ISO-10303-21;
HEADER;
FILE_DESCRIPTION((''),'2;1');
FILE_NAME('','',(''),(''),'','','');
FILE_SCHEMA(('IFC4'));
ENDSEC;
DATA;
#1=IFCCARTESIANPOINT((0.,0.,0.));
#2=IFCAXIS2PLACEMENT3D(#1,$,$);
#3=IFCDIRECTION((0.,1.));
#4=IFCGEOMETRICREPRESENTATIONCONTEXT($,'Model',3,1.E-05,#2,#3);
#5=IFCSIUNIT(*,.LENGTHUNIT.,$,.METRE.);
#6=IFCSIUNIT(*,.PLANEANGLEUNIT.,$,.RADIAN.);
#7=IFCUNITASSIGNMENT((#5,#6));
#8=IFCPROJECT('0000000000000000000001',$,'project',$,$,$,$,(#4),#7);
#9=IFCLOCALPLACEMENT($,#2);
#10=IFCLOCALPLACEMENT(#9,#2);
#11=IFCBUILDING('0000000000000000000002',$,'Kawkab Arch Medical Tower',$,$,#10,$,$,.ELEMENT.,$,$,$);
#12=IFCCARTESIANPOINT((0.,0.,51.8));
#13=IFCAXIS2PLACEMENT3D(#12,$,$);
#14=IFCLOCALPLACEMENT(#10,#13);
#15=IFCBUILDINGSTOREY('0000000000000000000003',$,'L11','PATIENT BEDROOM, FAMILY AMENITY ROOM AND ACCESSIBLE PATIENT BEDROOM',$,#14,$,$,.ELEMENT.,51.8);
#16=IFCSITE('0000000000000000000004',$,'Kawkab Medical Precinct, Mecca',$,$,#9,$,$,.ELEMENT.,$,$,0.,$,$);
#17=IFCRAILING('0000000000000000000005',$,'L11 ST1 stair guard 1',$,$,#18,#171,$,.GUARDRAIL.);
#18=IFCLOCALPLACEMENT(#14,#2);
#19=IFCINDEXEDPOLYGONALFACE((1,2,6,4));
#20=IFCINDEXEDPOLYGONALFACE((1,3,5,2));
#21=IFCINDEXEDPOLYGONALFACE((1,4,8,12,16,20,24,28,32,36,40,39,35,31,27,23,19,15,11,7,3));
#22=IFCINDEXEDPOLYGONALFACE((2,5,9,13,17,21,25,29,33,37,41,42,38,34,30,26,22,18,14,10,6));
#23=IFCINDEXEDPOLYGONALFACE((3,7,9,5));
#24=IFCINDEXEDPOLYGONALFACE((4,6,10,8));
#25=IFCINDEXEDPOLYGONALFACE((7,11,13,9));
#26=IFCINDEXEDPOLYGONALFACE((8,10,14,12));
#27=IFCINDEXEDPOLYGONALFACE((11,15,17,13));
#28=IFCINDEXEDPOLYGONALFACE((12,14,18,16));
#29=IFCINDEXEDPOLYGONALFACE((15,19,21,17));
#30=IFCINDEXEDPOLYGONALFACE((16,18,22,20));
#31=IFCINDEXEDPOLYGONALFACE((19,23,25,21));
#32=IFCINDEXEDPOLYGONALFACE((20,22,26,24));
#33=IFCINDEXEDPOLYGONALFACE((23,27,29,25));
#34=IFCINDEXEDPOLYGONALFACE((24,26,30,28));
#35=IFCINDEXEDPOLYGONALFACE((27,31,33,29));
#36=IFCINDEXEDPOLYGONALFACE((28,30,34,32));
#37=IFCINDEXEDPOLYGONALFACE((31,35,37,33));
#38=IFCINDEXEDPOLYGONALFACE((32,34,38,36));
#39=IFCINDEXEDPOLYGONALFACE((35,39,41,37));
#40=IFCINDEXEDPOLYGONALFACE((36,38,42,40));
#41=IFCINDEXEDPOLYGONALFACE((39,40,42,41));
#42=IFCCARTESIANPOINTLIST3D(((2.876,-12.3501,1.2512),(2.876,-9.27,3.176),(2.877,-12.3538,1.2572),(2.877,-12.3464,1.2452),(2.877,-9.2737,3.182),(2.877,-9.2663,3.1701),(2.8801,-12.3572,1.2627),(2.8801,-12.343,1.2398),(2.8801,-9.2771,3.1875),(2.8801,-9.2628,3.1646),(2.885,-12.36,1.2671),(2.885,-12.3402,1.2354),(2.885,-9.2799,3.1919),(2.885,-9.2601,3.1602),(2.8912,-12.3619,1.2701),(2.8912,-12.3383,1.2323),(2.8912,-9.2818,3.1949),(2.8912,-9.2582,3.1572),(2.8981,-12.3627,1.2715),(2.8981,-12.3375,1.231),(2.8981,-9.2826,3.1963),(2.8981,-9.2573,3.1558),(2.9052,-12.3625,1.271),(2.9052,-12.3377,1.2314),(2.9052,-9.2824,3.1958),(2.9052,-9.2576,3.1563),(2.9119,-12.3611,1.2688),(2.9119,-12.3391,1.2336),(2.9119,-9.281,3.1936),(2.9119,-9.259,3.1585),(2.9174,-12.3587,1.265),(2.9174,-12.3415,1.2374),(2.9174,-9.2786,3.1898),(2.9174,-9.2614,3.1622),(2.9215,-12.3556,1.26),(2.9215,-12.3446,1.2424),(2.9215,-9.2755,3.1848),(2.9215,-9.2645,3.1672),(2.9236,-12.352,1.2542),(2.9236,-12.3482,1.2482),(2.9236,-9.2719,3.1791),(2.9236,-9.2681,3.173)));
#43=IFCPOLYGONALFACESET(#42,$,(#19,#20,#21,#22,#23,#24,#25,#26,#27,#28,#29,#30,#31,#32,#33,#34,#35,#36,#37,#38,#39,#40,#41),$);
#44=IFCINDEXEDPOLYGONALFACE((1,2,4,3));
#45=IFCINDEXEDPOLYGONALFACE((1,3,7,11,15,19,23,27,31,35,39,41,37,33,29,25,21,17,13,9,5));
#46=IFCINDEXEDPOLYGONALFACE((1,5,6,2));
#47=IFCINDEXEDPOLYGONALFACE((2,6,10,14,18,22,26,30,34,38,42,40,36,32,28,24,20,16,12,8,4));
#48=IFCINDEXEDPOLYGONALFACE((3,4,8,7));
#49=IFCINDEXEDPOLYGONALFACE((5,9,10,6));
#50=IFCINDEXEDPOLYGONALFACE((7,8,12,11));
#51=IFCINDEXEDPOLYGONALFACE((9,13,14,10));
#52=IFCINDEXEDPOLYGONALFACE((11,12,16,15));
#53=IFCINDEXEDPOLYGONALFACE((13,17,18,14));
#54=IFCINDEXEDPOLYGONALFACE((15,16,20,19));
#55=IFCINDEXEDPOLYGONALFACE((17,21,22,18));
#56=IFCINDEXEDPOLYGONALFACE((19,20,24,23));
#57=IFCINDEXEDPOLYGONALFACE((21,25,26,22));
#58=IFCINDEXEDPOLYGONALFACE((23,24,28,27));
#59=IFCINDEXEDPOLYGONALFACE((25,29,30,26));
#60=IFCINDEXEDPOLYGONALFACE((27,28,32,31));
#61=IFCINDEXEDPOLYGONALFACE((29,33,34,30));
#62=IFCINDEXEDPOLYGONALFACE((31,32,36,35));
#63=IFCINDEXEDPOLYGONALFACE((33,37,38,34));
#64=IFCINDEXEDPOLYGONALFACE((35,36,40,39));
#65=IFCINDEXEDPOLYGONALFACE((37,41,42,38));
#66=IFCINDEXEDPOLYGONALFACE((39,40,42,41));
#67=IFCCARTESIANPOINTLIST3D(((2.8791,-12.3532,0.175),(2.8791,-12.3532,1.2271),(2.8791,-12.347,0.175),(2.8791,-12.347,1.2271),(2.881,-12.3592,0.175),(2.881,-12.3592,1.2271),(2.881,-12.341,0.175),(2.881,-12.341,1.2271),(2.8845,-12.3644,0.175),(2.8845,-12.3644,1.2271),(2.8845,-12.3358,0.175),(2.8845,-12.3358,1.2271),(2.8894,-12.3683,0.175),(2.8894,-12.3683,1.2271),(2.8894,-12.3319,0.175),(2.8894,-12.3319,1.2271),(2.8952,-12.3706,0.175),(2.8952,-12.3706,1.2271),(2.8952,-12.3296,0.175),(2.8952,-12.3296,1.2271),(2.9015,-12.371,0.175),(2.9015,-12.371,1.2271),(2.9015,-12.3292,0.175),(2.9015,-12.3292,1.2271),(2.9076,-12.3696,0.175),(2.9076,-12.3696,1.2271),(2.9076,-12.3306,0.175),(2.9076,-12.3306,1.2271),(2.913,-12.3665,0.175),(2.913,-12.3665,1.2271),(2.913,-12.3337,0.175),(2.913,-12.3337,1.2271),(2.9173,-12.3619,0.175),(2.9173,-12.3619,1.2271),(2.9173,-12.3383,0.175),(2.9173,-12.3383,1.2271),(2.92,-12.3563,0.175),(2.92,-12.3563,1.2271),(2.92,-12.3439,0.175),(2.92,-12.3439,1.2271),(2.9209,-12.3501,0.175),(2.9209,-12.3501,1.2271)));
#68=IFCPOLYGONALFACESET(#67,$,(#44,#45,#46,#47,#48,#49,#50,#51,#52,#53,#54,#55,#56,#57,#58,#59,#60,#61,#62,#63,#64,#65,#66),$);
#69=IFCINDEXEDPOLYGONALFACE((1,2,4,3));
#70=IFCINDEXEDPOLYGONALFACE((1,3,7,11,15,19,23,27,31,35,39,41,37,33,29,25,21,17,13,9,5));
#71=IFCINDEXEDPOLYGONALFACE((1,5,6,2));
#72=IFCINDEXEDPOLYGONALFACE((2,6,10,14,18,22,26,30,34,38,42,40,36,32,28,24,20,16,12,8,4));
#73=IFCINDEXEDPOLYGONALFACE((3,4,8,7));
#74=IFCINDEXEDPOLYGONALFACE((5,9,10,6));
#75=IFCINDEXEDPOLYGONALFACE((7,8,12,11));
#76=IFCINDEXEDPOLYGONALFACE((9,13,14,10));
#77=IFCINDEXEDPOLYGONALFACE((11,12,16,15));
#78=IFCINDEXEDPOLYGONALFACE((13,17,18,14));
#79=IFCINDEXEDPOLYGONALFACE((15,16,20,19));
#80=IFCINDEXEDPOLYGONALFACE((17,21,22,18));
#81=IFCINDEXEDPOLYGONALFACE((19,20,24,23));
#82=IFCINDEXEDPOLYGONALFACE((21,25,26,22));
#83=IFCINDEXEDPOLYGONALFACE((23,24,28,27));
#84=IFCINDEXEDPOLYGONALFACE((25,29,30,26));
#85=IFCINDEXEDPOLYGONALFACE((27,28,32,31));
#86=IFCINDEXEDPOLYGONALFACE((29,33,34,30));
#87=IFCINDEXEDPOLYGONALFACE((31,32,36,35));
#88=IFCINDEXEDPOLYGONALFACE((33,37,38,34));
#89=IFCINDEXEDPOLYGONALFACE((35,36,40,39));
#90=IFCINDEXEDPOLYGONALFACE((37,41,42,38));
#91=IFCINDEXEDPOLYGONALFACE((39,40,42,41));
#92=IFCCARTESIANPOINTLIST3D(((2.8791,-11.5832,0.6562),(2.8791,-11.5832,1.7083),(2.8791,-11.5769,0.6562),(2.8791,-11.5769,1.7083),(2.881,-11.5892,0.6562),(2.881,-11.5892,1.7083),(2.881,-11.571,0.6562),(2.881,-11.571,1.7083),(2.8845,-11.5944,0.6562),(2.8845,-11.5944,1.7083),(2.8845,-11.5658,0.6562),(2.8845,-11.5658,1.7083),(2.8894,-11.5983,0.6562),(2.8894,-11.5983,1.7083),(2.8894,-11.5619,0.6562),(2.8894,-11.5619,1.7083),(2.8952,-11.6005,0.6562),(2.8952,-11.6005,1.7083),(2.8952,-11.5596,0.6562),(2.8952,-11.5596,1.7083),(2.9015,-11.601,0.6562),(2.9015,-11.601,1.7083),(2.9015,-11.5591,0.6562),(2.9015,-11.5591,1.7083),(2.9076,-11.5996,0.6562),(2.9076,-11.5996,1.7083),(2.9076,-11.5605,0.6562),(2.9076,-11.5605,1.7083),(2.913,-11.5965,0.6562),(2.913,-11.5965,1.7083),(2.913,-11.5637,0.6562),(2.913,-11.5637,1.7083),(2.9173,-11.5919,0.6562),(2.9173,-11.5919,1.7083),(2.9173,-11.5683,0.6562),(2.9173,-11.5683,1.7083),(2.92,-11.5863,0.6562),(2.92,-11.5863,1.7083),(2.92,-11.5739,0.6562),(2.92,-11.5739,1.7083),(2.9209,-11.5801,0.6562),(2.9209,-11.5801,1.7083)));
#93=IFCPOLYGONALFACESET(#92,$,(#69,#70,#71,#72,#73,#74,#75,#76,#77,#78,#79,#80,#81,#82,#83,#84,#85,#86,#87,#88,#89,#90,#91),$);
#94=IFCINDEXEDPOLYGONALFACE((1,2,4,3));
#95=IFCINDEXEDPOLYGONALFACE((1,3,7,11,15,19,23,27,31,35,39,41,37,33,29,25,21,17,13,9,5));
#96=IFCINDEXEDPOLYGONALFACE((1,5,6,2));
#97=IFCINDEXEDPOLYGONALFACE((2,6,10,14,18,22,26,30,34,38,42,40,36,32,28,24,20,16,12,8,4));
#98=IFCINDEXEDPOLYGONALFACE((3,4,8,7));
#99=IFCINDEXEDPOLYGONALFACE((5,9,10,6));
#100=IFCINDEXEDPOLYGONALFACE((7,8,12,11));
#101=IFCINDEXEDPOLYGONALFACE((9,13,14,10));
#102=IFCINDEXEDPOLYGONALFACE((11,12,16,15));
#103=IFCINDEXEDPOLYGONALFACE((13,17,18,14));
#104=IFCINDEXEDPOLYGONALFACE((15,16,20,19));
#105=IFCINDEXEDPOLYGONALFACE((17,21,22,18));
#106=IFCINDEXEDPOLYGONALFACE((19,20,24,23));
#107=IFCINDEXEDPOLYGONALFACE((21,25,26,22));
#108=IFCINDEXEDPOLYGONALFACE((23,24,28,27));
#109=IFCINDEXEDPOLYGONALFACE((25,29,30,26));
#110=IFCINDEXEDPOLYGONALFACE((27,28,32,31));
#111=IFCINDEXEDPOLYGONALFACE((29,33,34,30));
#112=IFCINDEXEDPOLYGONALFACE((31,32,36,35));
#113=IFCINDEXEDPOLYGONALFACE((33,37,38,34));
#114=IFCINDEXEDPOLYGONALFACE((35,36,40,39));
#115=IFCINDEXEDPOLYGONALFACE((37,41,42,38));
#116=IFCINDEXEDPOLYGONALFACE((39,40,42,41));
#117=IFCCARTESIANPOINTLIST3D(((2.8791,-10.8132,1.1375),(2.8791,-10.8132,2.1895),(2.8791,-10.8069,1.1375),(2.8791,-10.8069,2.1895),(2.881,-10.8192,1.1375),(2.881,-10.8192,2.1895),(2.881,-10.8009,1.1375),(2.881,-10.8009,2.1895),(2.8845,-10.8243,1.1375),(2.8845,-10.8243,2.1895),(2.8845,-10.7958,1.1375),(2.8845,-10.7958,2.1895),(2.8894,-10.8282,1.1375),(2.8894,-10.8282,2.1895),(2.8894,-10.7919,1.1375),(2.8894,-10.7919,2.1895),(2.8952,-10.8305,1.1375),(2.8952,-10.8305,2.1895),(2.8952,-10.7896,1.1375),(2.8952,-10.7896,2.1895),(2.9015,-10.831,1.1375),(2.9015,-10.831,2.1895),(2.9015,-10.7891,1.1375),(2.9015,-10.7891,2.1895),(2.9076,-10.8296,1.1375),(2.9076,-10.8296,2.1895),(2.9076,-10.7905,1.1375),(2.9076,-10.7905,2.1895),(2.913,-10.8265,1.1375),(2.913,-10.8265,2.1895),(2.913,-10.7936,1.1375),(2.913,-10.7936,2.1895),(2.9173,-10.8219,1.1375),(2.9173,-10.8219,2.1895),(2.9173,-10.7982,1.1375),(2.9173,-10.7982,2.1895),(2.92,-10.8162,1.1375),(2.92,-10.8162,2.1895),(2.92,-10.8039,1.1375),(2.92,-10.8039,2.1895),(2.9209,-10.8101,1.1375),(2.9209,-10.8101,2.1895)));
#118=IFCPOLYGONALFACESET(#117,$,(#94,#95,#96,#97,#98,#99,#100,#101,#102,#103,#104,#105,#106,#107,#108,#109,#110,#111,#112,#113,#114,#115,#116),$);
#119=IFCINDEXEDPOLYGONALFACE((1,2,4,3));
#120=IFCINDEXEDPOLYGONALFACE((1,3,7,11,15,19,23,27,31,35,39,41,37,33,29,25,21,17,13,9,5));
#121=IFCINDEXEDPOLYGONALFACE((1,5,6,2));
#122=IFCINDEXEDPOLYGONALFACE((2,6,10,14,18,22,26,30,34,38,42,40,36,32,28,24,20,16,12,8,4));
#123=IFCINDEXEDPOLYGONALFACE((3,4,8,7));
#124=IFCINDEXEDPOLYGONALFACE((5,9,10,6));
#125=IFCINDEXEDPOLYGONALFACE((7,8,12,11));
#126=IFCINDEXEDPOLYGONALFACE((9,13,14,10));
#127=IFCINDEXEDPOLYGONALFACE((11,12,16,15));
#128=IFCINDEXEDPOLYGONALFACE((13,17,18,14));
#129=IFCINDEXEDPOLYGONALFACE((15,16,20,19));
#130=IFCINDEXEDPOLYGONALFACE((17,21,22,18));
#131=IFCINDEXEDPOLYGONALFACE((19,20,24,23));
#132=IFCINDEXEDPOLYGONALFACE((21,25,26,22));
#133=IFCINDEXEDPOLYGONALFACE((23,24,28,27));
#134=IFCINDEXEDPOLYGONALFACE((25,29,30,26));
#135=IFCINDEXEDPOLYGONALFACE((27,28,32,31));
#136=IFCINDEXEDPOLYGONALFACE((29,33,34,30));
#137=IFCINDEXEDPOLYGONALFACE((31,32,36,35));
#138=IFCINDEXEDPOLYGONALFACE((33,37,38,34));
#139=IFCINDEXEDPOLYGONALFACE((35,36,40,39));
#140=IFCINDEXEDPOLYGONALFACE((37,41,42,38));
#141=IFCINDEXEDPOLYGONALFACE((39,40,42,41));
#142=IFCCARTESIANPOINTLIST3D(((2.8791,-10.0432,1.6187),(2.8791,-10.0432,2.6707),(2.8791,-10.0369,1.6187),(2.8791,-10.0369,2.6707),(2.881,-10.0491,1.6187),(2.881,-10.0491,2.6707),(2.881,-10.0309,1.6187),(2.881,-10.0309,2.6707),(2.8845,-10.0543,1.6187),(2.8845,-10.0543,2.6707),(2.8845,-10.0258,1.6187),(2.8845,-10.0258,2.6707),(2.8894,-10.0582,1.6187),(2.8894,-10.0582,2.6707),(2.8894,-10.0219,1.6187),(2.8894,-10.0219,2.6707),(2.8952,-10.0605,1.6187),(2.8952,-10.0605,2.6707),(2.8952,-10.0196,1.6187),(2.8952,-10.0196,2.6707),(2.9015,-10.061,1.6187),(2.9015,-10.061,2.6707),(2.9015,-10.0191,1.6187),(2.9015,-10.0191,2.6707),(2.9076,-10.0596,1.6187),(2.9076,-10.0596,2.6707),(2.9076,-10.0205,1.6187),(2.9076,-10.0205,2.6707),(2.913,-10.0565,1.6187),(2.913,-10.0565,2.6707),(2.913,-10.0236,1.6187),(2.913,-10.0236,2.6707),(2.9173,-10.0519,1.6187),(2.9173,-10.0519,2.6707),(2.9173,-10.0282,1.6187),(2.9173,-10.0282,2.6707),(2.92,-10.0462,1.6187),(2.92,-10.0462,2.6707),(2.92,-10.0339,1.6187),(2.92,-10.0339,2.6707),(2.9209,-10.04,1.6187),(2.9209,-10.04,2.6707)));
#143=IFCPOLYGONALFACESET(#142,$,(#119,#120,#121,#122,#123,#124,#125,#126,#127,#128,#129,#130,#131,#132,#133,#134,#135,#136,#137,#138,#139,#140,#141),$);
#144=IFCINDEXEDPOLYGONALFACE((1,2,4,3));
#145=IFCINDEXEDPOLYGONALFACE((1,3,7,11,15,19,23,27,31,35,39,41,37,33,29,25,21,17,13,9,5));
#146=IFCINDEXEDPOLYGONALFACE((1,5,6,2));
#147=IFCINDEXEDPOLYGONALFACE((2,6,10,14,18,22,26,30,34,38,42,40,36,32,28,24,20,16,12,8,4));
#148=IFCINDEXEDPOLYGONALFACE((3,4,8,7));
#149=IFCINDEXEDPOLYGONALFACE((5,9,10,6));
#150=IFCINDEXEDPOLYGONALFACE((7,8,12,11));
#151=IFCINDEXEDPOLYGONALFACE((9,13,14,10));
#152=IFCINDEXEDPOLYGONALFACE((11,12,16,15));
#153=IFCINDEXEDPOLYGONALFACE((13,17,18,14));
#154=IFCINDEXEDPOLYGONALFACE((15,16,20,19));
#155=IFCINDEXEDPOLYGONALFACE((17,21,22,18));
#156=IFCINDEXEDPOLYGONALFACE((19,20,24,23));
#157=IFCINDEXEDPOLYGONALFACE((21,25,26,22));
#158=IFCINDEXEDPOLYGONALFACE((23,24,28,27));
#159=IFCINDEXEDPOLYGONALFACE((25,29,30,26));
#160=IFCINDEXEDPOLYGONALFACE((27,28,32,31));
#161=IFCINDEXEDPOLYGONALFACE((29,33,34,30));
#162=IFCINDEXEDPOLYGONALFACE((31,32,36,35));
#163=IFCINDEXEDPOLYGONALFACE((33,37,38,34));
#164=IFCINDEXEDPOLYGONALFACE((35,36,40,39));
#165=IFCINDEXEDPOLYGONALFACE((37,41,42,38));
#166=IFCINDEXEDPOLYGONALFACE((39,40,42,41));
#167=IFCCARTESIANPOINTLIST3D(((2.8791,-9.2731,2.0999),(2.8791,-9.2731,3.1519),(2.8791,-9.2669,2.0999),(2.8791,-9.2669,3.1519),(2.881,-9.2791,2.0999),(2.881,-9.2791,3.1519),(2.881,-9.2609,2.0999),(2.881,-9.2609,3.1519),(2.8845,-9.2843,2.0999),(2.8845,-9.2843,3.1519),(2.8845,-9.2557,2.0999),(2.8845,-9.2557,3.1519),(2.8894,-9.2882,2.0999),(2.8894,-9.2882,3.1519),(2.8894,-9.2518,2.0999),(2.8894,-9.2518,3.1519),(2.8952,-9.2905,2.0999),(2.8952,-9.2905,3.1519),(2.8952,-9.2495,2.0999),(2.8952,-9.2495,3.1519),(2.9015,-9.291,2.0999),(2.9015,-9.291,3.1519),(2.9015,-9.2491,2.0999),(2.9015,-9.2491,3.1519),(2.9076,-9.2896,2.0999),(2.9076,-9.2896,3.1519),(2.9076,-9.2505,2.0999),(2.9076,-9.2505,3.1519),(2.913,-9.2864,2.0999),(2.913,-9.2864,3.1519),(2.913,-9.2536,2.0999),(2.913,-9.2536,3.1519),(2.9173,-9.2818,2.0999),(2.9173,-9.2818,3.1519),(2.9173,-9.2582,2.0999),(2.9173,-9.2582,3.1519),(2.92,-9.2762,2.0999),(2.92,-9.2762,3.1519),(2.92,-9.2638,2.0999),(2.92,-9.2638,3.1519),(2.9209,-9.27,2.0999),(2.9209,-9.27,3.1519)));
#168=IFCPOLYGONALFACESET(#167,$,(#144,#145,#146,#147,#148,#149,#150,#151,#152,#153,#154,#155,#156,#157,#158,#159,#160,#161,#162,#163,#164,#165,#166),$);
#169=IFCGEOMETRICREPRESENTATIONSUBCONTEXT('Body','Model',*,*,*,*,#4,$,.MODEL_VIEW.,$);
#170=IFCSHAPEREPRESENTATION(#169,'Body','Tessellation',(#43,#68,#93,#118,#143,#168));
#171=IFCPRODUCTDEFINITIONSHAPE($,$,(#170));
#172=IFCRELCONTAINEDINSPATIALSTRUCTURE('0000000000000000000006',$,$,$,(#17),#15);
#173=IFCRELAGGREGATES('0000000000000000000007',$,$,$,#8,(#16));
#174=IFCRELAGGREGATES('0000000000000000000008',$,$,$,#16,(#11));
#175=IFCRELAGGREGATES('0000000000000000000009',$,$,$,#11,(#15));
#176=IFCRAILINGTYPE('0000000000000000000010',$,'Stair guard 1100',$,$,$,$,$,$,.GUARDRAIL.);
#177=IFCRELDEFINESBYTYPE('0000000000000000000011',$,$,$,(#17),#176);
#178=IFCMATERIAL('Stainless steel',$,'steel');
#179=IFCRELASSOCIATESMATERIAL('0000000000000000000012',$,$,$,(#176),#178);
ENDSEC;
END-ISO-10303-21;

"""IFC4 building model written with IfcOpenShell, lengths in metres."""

from ifc_helpers import new_model, si_unit, direction, frame, origin, origin_2d, place, context, subcontext, project, spatial, circle, extrude, material, type_object, element, save


model = new_model("IFC4")

# Units and contexts
model_context = context("Model", 3, precision=1e-05, world=origin(), true_north=direction((0.0, 1.0)))
body_context = subcontext(model_context, "Body", "Model", "MODEL_VIEW")
ifc_project = project(units=[si_unit("LENGTHUNIT", "METRE"), si_unit("PLANEANGLEUNIT", "RADIAN")], contexts=[model_context])

# Site, building, storey
site_placement = place(None, origin())
site = spatial("IfcSite", under=ifc_project, at=site_placement, Name="Kawkab Medical Precinct, Mecca", CompositionType="ELEMENT", RefElevation=0.0)
building_placement = place(site_placement, origin())
building = spatial("IfcBuilding", under=site, at=building_placement, Name="Kawkab Arch Medical Tower", CompositionType="ELEMENT")
storey_placement = place(building_placement, frame((0.0, 0.0, 51.8)))
storey = spatial("IfcBuildingStorey", under=building, at=storey_placement, Name="L11", Description="PATIENT BEDROOM, FAMILY AMENITY ROOM AND ACCESSIBLE PATIENT BEDROOM", CompositionType="ELEMENT", Elevation=51.8)

# Railing
ifc_material_1 = material(Name="Stainless steel", Category="steel")
railing_type = type_object("IfcRailingType", Name="Stair guard 1100", PredefinedType="GUARDRAIL", material=ifc_material_1)
railing_1_placement = place(storey_placement, frame((2.8999, -12.3501, 0.175)))
element("IfcRailing", 1, at=railing_1_placement, inside=storey, type_object=railing_type, Name="L11 ST1 stair guard 1", PredefinedType="GUARDRAIL", context=body_context, shape_type="SweptSolid", body=[
    extrude(circle(Radius=0.0239, at=origin_2d()), frame((0.0, 0.0, 1.0762), z_axis=(0.0, 0.848029, 0.529951), x_axis=(-1.0, 0.0, 0.0)), (0.0, 0.0, 1.0), 3.6321),
    extrude(circle(Radius=0.021, at=origin_2d()), origin(), (0.0, 0.0, 1.0), 1.052),
    extrude(circle(Radius=0.021, at=origin_2d()), frame((0.0, 0.77, 0.4812)), (0.0, 0.0, 1.0), 1.052),
    extrude(circle(Radius=0.021, at=origin_2d()), frame((0.0, 1.54, 0.9624)), (0.0, 0.0, 1.0), 1.052),
    extrude(circle(Radius=0.021, at=origin_2d()), frame((0.0, 2.3101, 1.4436)), (0.0, 0.0, 1.0), 1.052),
    extrude(circle(Radius=0.021, at=origin_2d()), frame((0.0, 3.0801, 1.9248)), (0.0, 0.0, 1.0), 1.052),
])

save(model, "model.ifc")
